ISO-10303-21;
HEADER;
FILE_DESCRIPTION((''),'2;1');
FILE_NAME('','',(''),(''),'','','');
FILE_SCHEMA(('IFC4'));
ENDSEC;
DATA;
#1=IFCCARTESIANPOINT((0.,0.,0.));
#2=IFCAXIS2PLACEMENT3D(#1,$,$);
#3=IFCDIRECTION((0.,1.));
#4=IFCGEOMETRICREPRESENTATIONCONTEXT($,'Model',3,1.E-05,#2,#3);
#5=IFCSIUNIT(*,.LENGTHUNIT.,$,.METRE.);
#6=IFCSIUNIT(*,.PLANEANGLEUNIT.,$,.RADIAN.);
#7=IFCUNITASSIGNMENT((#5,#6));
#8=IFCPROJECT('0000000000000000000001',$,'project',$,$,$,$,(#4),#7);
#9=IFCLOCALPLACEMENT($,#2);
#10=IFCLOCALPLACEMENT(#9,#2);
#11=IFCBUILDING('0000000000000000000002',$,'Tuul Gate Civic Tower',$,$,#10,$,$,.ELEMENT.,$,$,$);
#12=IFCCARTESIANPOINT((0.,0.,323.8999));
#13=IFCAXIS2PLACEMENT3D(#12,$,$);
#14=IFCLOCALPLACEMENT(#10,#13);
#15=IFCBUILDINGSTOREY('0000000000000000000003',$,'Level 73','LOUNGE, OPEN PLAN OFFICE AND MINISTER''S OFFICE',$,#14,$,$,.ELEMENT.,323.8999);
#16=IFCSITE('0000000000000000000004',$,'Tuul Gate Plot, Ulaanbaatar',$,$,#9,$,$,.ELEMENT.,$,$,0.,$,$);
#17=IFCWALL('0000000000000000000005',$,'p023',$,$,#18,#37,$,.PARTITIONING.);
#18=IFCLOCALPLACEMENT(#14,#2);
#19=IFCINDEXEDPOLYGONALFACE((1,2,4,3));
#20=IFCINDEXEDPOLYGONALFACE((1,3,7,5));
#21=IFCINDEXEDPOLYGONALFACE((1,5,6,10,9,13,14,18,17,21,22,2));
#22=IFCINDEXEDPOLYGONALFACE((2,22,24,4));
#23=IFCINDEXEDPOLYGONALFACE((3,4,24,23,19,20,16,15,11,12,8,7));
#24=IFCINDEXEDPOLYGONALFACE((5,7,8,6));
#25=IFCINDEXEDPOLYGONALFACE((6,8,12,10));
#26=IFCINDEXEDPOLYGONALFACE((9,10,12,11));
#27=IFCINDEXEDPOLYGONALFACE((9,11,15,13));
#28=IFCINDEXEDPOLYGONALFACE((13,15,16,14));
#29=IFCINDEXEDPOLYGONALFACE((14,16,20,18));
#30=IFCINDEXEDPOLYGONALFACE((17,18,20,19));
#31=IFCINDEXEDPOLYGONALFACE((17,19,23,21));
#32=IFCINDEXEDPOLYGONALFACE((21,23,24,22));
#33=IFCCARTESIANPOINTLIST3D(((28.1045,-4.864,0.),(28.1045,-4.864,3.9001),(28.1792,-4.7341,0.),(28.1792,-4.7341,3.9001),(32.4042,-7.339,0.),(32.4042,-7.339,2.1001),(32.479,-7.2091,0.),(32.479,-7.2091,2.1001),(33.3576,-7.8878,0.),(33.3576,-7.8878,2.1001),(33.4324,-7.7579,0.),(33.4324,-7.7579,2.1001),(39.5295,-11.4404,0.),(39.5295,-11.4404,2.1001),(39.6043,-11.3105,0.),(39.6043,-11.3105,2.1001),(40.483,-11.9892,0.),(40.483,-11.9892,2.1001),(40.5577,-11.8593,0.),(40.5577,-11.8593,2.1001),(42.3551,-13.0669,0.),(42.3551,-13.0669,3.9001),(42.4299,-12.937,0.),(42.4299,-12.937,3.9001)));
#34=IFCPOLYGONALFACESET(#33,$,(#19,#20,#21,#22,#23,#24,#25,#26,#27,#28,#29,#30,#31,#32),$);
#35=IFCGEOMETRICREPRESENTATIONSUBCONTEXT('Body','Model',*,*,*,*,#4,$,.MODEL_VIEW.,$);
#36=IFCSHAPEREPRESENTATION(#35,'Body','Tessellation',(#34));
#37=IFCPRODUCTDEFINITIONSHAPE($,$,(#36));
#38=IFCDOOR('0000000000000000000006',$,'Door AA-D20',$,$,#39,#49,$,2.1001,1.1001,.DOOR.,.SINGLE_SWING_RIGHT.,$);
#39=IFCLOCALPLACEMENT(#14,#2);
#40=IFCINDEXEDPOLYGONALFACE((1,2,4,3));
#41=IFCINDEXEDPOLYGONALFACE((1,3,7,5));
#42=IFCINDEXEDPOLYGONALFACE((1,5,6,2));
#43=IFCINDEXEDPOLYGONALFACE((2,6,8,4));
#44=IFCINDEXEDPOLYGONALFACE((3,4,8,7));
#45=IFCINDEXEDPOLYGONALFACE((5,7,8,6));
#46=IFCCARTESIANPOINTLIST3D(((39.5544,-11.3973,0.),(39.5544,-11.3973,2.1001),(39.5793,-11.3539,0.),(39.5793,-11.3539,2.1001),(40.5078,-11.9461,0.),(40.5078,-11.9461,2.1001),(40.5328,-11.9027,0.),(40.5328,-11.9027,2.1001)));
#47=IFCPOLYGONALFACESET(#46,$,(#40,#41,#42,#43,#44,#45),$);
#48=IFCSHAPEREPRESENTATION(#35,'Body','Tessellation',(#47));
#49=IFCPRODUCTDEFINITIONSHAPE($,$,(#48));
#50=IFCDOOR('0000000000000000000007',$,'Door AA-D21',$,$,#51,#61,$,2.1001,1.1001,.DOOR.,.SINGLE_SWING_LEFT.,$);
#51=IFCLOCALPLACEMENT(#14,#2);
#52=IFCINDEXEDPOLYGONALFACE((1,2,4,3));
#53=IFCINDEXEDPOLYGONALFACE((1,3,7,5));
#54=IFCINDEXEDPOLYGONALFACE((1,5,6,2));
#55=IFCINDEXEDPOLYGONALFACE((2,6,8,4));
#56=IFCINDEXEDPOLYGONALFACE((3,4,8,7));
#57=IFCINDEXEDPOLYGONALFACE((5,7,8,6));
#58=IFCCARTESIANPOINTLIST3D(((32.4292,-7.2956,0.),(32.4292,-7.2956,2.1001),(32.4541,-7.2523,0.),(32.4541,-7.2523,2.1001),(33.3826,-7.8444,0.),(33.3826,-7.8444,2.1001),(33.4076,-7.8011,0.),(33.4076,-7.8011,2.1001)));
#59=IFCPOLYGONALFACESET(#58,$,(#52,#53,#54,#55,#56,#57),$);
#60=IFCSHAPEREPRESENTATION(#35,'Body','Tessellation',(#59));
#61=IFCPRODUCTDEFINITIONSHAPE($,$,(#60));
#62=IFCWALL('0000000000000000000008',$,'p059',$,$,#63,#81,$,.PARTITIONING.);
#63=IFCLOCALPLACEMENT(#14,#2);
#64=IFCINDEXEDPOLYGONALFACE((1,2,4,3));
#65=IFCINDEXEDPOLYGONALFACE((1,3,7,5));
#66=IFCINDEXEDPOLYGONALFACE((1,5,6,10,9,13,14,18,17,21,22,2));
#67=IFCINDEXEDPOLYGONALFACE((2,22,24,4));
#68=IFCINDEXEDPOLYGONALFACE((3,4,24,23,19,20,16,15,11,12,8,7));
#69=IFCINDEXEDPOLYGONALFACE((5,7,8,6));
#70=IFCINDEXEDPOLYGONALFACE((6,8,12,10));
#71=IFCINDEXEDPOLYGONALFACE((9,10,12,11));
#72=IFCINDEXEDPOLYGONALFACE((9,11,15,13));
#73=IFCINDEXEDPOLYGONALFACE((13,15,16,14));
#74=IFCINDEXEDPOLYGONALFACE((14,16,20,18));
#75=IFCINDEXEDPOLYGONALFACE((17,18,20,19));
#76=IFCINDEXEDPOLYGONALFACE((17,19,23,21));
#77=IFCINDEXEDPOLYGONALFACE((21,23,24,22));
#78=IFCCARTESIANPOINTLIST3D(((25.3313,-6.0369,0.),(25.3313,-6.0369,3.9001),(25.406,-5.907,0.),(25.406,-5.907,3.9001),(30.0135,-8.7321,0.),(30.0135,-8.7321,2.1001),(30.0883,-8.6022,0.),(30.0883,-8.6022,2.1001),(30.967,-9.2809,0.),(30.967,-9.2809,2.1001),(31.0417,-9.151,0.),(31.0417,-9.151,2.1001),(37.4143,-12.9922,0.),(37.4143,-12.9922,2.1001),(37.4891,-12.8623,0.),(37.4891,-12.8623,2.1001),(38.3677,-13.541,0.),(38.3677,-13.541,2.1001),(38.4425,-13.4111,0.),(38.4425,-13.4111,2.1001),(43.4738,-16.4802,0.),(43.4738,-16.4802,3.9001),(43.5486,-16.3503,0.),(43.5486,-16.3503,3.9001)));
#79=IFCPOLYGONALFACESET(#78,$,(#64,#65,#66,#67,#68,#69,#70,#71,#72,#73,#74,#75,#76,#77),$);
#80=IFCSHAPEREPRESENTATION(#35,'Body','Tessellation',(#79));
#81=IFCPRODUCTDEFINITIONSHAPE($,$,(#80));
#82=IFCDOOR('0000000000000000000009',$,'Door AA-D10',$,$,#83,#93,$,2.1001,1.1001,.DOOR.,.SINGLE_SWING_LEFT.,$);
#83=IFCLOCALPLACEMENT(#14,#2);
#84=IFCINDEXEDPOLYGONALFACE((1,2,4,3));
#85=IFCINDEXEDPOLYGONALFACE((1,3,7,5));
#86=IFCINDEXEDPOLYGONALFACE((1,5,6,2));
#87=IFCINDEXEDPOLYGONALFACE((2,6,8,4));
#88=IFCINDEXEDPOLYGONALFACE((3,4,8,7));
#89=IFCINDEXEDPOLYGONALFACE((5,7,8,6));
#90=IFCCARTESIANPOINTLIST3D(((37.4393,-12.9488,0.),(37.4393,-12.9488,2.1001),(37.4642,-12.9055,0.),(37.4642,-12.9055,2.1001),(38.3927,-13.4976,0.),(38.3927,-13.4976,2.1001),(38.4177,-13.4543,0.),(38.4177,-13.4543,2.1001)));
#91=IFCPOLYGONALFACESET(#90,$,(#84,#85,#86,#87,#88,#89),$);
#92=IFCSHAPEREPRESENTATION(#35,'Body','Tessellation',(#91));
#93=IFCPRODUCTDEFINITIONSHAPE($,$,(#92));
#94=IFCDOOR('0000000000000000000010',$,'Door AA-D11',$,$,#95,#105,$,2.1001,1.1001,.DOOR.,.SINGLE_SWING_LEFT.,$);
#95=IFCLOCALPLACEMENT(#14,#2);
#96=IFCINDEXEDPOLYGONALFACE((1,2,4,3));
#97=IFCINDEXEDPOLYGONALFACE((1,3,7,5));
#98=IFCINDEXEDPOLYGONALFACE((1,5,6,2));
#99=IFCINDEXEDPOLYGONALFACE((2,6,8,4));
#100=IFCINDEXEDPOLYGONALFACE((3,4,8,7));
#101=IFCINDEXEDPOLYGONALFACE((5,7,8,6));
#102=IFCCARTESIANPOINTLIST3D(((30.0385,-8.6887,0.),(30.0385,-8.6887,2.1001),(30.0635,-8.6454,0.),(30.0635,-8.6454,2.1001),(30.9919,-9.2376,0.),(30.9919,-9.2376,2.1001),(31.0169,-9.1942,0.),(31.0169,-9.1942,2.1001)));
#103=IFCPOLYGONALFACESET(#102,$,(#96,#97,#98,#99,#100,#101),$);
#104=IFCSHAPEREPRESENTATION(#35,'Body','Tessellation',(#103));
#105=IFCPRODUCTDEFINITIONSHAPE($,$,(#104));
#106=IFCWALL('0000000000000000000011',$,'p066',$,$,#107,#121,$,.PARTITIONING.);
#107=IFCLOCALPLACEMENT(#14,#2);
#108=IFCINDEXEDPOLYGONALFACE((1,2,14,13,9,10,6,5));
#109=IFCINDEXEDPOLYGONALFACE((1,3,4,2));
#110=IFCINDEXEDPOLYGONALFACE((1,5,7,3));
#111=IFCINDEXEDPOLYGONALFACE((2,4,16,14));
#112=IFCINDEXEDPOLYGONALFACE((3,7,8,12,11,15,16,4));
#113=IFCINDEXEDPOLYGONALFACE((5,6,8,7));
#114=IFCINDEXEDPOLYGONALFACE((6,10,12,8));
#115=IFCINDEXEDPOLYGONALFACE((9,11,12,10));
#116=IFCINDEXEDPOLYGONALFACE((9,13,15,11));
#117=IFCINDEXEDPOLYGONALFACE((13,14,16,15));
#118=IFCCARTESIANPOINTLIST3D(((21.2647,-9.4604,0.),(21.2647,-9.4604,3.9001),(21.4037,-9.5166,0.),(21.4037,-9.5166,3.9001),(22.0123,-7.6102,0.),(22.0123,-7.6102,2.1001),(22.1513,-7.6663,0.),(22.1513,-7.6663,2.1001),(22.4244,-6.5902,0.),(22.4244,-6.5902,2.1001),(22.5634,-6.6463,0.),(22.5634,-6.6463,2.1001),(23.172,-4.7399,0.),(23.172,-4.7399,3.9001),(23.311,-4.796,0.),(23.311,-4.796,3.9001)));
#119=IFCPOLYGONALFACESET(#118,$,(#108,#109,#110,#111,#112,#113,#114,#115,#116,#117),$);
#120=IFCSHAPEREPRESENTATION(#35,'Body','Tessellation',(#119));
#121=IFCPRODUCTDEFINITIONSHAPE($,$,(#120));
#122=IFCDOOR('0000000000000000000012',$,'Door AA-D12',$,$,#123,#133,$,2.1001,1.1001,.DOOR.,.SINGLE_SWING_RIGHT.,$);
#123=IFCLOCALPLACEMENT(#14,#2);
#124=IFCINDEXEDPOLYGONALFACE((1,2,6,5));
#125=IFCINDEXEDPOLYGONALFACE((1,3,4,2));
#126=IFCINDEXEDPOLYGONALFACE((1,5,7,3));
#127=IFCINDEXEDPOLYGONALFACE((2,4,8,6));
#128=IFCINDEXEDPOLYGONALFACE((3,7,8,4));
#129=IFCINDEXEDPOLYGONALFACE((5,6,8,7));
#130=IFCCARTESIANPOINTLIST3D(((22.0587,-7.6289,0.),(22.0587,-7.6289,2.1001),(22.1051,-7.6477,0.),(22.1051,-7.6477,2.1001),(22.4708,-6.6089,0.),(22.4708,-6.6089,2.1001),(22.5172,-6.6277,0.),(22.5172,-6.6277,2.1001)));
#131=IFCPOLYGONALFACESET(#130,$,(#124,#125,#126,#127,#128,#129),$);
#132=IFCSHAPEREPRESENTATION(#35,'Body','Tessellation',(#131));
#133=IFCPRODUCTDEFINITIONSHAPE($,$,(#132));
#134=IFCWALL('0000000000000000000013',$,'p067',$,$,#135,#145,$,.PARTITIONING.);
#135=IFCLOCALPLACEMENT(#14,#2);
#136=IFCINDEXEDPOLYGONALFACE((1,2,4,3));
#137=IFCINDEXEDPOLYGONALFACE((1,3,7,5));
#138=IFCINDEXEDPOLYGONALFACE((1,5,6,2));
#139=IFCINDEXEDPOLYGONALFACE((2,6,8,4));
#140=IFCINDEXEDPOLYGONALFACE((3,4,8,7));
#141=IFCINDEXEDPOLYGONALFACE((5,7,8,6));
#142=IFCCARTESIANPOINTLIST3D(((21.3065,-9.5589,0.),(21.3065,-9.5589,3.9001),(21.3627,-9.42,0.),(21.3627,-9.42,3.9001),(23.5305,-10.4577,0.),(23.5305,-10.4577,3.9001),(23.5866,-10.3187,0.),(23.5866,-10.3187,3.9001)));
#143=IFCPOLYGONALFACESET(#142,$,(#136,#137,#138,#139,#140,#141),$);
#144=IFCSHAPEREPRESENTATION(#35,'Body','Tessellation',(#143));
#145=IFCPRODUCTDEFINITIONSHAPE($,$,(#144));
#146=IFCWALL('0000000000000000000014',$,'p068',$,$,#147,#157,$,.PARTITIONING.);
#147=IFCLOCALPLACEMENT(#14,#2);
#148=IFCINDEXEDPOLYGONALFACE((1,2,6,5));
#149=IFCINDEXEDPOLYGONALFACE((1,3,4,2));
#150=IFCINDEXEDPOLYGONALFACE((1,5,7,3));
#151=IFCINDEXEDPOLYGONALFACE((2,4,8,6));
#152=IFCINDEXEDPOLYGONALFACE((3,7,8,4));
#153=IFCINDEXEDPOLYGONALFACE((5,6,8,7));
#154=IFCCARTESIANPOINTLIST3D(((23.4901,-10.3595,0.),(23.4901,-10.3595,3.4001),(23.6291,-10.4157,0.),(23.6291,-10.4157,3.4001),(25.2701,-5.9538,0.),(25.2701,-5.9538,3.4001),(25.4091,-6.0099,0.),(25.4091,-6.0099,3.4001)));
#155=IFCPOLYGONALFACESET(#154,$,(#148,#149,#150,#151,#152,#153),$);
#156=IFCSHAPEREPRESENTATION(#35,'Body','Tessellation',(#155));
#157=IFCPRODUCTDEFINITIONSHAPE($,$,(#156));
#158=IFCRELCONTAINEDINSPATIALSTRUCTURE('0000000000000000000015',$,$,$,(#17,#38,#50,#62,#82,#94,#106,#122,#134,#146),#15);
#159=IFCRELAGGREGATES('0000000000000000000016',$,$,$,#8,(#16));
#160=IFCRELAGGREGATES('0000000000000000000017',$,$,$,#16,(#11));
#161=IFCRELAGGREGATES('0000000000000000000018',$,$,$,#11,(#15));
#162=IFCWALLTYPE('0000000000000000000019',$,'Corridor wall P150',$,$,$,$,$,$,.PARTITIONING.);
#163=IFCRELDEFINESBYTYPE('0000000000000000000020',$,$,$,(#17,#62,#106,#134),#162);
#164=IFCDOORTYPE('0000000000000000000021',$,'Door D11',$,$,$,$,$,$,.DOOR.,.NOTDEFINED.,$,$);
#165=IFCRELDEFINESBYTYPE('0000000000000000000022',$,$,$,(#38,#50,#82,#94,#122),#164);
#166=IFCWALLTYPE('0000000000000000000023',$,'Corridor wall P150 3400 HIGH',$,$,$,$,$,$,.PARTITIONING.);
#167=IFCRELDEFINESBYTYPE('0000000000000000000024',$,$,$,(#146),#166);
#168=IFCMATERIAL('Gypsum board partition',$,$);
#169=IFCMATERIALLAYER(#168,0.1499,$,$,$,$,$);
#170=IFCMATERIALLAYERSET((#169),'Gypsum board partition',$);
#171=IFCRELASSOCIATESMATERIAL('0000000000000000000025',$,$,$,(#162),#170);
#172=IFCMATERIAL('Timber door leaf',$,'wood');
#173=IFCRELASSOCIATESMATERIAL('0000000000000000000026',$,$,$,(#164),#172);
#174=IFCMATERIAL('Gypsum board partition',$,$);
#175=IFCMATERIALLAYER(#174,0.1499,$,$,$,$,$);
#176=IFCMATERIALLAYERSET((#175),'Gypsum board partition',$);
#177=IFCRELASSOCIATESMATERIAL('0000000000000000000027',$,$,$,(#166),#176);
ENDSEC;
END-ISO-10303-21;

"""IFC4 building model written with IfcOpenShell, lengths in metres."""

from ifc_helpers import new_model, si_unit, direction, frame, frame_2d, origin, place, context, subcontext, project, spatial, rectangle, extrude, material, layer, layer_set, type_object, element, fill, save


model = new_model("IFC4")

# Units and contexts
model_context = context("Model", 3, precision=1e-05, world=origin(), true_north=direction((0.0, 1.0)))
body_context = subcontext(model_context, "Body", "Model", "MODEL_VIEW")
ifc_project = project(units=[si_unit("LENGTHUNIT", "METRE"), si_unit("PLANEANGLEUNIT", "RADIAN")], contexts=[model_context])

# Site, building, storey
site_placement = place(None, origin())
site = spatial("IfcSite", under=ifc_project, at=site_placement, Name="Tuul Gate Plot, Ulaanbaatar", CompositionType="ELEMENT", RefElevation=0.0)
building_placement = place(site_placement, origin())
building = spatial("IfcBuilding", under=site, at=building_placement, Name="Tuul Gate Civic Tower", CompositionType="ELEMENT")
storey_placement = place(building_placement, frame((0.0, 0.0, 323.8999)))
storey = spatial("IfcBuildingStorey", under=building, at=storey_placement, Name="Level 73", Description="LOUNGE, OPEN PLAN OFFICE AND MINISTER'S OFFICE", CompositionType="ELEMENT", Elevation=323.8999)

# Walls, openings, doors
ifc_material_1 = material(Name="Gypsum board partition")
ifc_layer_1 = layer(ifc_material_1, 0.1499)
ifc_layer_set_1 = layer_set([ifc_layer_1], Name="Gypsum board partition")
wall_type_1 = type_object("IfcWallType", Name="Corridor wall P150", PredefinedType="PARTITIONING", material=ifc_layer_set_1)
wall_1_placement = place(storey_placement, frame((28.1418, -4.7991, 0.0), z_axis=(0.0, 0.0, 1.0), x_axis=(0.866677, -0.498869, 0.0)))
wall_1 = element("IfcWall", 1, at=wall_1_placement, inside=storey, type_object=wall_type_1, Name="p023", PredefinedType="PARTITIONING", context=body_context, shape_type="SweptSolid", body=[
    extrude(rectangle(XDim=16.4429, YDim=0.1499, at=frame_2d((8.2214, 0.0))), origin(), (0.0, 0.0, 1.0), 3.9001),
])
opening_1_placement = place(wall_1_placement, frame((13.1826, 0.0, 0.0)))
opening_1 = element("IfcOpeningElement", 2, at=opening_1_placement, cuts=wall_1, PredefinedType="OPENING", context=body_context, shape_type="SweptSolid", body=[
    extrude(rectangle(XDim=1.1001, YDim=2.1001, at=frame_2d((0.55, 1.05))), frame((0.0, 0.085, 0.0), z_axis=(0.0, -1.0, 0.0), x_axis=(1.0, 0.0, 0.0)), (0.0, 0.0, 1.0), 0.1699),
])
opening_2_placement = place(wall_1_placement, frame((4.9612, 0.0, 0.0)))
opening_2 = element("IfcOpeningElement", 3, at=opening_2_placement, cuts=wall_1, PredefinedType="OPENING", context=body_context, shape_type="SweptSolid", body=[
    extrude(rectangle(XDim=1.1001, YDim=2.1001, at=frame_2d((0.55, 1.05))), frame((0.0, 0.085, 0.0), z_axis=(0.0, -1.0, 0.0), x_axis=(1.0, 0.0, 0.0)), (0.0, 0.0, 1.0), 0.1699),
])
ifc_material_2 = material(Name="Timber door leaf", Category="wood")
door_type_1 = type_object("IfcDoorType", Name="Door D11", OperationType="NOTDEFINED", PredefinedType="DOOR", material=ifc_material_2)
door_1_placement = place(opening_1_placement, origin())
door_1 = element("IfcDoor", 4, at=door_1_placement, inside=storey, type_object=door_type_1, Name="Door AA-D20", OperationType="SINGLE_SWING_RIGHT", OverallHeight=2.1001, OverallWidth=1.1001, PredefinedType="DOOR", context=body_context, shape_type="SweptSolid", body=[
    extrude(rectangle(XDim=1.1001, YDim=2.1001, at=frame_2d((0.55, 1.05))), frame((0.0, 0.0249, 0.0), z_axis=(0.0, -1.0, 0.0), x_axis=(1.0, 0.0, 0.0)), (0.0, 0.0, 1.0), 0.05),
])
fill(opening_1, door_1)
door_2_placement = place(opening_2_placement, frame((1.1001, 0.0, 0.0), z_axis=(0.0, 0.0, 1.0), x_axis=(-1.0, 0.0, 0.0)))
door_2 = element("IfcDoor", 5, at=door_2_placement, inside=storey, type_object=door_type_1, Name="Door AA-D21", OperationType="SINGLE_SWING_LEFT", OverallHeight=2.1001, OverallWidth=1.1001, PredefinedType="DOOR", context=body_context, shape_type="SweptSolid", body=[
    extrude(rectangle(XDim=1.1001, YDim=2.1001, at=frame_2d((0.55, 1.05))), frame((0.0, 0.0249, 0.0), z_axis=(0.0, -1.0, 0.0), x_axis=(1.0, 0.0, 0.0)), (0.0, 0.0, 1.0), 0.05),
])
fill(opening_2, door_2)
wall_2_placement = place(storey_placement, frame((25.3687, -5.9719, 0.0), z_axis=(0.0, 0.0, 1.0), x_axis=(0.866671, -0.49888, 0.0)))
wall_2 = element("IfcWall", 6, at=wall_2_placement, inside=storey, type_object=wall_type_1, Name="p059", PredefinedType="PARTITIONING", context=body_context, shape_type="SweptSolid", body=[
    extrude(rectangle(XDim=20.9336, YDim=0.1499, at=frame_2d((10.4668, 0.0))), origin(), (0.0, 0.0, 1.0), 3.9001),
])
opening_3_placement = place(wall_2_placement, frame((13.9419, 0.0, 0.0)))
opening_3 = element("IfcOpeningElement", 7, at=opening_3_placement, cuts=wall_2, PredefinedType="OPENING", context=body_context, shape_type="SweptSolid", body=[
    extrude(rectangle(XDim=1.1001, YDim=2.1001, at=frame_2d((0.55, 1.05))), frame((0.0, 0.085, 0.0), z_axis=(0.0, -1.0, 0.0), x_axis=(1.0, 0.0, 0.0)), (0.0, 0.0, 1.0), 0.1699),
])
opening_4_placement = place(wall_2_placement, frame((5.4026, 0.0, 0.0)))
opening_4 = element("IfcOpeningElement", 8, at=opening_4_placement, cuts=wall_2, PredefinedType="OPENING", context=body_context, shape_type="SweptSolid", body=[
    extrude(rectangle(XDim=1.1001, YDim=2.1001, at=frame_2d((0.55, 1.05))), frame((0.0, 0.085, 0.0), z_axis=(0.0, -1.0, 0.0), x_axis=(1.0, 0.0, 0.0)), (0.0, 0.0, 1.0), 0.1699),
])
door_3_placement = place(opening_3_placement, frame((1.1001, 0.0, 0.0), z_axis=(0.0, 0.0, 1.0), x_axis=(-1.0, 0.0, 0.0)))
door_3 = element("IfcDoor", 9, at=door_3_placement, inside=storey, type_object=door_type_1, Name="Door AA-D10", OperationType="SINGLE_SWING_LEFT", OverallHeight=2.1001, OverallWidth=1.1001, PredefinedType="DOOR", context=body_context, shape_type="SweptSolid", body=[
    extrude(rectangle(XDim=1.1001, YDim=2.1001, at=frame_2d((0.55, 1.05))), frame((0.0, 0.0249, 0.0), z_axis=(0.0, -1.0, 0.0), x_axis=(1.0, 0.0, 0.0)), (0.0, 0.0, 1.0), 0.05),
])
fill(opening_3, door_3)
door_4_placement = place(opening_4_placement, frame((1.1001, 0.0, 0.0), z_axis=(0.0, 0.0, 1.0), x_axis=(-1.0, 0.0, 0.0)))
door_4 = element("IfcDoor", 10, at=door_4_placement, inside=storey, type_object=door_type_1, Name="Door AA-D11", OperationType="SINGLE_SWING_LEFT", OverallHeight=2.1001, OverallWidth=1.1001, PredefinedType="DOOR", context=body_context, shape_type="SweptSolid", body=[
    extrude(rectangle(XDim=1.1001, YDim=2.1001, at=frame_2d((0.55, 1.05))), frame((0.0, 0.0249, 0.0), z_axis=(0.0, -1.0, 0.0), x_axis=(1.0, 0.0, 0.0)), (0.0, 0.0, 1.0), 0.05),
])
fill(opening_4, door_4)

# Wall, opening, door
wall_3_placement = place(storey_placement, frame((21.3342, -9.4885, 0.0), z_axis=(0.0, 0.0, 1.0), x_axis=(0.374613, 0.927181, 0.0)))
wall_3 = element("IfcWall", 11, at=wall_3_placement, inside=storey, type_object=wall_type_1, Name="p066", PredefinedType="PARTITIONING", context=body_context, shape_type="SweptSolid", body=[
    extrude(rectangle(XDim=5.0913, YDim=0.1499, at=frame_2d((2.5457, 0.0))), origin(), (0.0, 0.0, 1.0), 3.9001),
])
opening_5_placement = place(wall_3_placement, frame((1.9956, 0.0, 0.0)))
opening_5 = element("IfcOpeningElement", 12, at=opening_5_placement, cuts=wall_3, PredefinedType="OPENING", context=body_context, shape_type="SweptSolid", body=[
    extrude(rectangle(XDim=1.1001, YDim=2.1001, at=frame_2d((0.55, 1.05))), frame((0.0, 0.085, 0.0), z_axis=(0.0, -1.0, 0.0), x_axis=(1.0, 0.0, 0.0)), (0.0, 0.0, 1.0), 0.1699),
])
door_5_placement = place(opening_5_placement, origin())
door_5 = element("IfcDoor", 13, at=door_5_placement, inside=storey, type_object=door_type_1, Name="Door AA-D12", OperationType="SINGLE_SWING_RIGHT", OverallHeight=2.1001, OverallWidth=1.1001, PredefinedType="DOOR", context=body_context, shape_type="SweptSolid", body=[
    extrude(rectangle(XDim=1.1001, YDim=2.1001, at=frame_2d((0.55, 1.05))), frame((0.0, 0.0249, 0.0), z_axis=(0.0, -1.0, 0.0), x_axis=(1.0, 0.0, 0.0)), (0.0, 0.0, 1.0), 0.05),
])
fill(opening_5, door_5)

# Walls
wall_4_placement = place(storey_placement, frame((21.3347, -9.4895, 0.0), z_axis=(0.0, 0.0, 1.0), x_axis=(0.927158, -0.37467, 0.0)))
element("IfcWall", 14, at=wall_4_placement, inside=storey, type_object=wall_type_1, Name="p067", PredefinedType="PARTITIONING", context=body_context, shape_type="SweptSolid", body=[
    extrude(rectangle(XDim=2.3987, YDim=0.1499, at=frame_2d((1.1992, 0.0))), origin(), (0.0, 0.0, 1.0), 3.9001),
])
ifc_material_3 = material(Name="Gypsum board partition")
ifc_layer_2 = layer(ifc_material_3, 0.1499)
ifc_layer_set_2 = layer_set([ifc_layer_2], Name="Gypsum board partition")
wall_type_2 = type_object("IfcWallType", Name="Corridor wall P150 3400 HIGH", PredefinedType="PARTITIONING", material=ifc_layer_set_2)
wall_5_placement = place(storey_placement, frame((23.5596, -10.3877, 0.0), z_axis=(0.0, 0.0, 1.0), x_axis=(0.374604, 0.927185, 0.0)))
element("IfcWall", 15, at=wall_5_placement, inside=storey, type_object=wall_type_2, Name="p068", PredefinedType="PARTITIONING", context=body_context, shape_type="SweptSolid", body=[
    extrude(rectangle(XDim=4.7517, YDim=0.1499, at=frame_2d((2.376, 0.0))), origin(), (0.0, 0.0, 1.0), 3.4001),
])

save(model, "model.ifc")
